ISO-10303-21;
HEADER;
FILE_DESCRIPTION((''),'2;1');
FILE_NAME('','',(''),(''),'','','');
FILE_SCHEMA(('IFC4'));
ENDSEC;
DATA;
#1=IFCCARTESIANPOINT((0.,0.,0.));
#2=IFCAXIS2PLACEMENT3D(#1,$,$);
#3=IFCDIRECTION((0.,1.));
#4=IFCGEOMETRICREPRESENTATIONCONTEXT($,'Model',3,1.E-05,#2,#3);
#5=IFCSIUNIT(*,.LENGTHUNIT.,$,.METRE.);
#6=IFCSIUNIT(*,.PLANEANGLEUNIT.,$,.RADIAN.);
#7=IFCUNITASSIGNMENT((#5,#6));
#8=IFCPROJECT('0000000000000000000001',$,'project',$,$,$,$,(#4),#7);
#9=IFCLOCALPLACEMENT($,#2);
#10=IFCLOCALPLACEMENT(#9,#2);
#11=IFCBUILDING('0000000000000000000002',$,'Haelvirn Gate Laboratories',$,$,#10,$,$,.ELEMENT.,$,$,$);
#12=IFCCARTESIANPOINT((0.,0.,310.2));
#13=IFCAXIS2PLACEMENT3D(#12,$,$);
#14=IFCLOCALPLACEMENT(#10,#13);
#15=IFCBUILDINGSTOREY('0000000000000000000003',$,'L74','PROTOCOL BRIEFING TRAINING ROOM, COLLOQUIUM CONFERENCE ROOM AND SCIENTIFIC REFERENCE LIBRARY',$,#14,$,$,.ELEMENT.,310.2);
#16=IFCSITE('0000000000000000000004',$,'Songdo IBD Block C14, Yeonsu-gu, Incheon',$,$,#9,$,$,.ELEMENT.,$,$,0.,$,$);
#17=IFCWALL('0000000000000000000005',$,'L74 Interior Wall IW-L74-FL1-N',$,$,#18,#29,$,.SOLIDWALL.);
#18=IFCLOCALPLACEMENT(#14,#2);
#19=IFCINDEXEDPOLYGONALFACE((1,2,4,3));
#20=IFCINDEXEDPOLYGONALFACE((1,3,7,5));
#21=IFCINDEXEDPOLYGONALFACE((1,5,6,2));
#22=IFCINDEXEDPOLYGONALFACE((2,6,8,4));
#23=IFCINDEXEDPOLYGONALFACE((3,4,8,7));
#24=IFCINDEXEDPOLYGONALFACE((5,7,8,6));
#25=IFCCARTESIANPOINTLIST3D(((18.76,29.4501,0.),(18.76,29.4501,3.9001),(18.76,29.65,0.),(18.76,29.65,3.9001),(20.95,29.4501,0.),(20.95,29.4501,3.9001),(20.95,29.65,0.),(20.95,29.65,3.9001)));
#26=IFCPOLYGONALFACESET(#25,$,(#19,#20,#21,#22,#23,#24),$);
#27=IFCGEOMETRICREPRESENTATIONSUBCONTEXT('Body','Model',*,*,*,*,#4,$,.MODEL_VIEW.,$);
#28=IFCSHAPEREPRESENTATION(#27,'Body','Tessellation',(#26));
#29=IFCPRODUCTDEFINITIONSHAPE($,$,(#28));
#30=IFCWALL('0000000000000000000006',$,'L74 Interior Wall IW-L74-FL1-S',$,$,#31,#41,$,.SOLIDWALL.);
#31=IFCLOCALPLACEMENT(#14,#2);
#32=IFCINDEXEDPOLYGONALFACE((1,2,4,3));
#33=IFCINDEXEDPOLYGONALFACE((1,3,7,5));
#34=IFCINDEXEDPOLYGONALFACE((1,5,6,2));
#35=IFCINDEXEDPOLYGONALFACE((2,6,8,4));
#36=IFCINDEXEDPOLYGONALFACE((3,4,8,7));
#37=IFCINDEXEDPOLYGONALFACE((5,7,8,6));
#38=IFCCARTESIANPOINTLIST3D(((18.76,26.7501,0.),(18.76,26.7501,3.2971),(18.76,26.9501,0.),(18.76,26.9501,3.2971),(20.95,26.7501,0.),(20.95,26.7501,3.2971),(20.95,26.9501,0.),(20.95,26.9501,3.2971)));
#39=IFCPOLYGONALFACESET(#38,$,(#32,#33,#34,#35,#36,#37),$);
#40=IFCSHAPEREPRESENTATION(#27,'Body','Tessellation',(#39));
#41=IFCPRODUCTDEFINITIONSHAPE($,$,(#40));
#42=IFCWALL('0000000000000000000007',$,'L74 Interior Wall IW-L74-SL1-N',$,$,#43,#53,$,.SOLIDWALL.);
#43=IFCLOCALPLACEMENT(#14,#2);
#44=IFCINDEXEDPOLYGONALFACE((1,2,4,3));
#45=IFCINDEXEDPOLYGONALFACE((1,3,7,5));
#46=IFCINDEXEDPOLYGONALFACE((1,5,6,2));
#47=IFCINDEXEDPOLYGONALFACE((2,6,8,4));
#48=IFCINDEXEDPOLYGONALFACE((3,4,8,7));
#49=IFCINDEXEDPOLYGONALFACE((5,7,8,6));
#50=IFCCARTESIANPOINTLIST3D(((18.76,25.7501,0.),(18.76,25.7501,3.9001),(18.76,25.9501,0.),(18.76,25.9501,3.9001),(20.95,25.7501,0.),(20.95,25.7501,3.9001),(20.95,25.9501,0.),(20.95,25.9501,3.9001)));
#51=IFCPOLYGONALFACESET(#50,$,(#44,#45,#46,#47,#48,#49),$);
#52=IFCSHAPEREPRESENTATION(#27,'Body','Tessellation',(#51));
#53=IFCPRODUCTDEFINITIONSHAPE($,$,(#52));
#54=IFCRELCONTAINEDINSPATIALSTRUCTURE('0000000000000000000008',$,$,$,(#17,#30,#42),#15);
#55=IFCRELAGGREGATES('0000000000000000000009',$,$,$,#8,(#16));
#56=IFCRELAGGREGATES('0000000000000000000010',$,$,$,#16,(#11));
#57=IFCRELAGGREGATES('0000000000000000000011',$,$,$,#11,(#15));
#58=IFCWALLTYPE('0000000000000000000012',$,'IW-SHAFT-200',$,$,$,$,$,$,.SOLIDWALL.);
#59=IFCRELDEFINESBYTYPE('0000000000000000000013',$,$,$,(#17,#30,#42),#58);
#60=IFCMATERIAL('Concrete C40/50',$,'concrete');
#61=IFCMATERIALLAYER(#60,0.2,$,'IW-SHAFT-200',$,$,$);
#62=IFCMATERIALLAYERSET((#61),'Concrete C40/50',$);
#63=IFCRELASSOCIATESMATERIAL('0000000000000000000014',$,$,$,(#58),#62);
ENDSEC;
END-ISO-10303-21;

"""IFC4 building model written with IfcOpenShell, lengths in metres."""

from ifc_helpers import new_model, si_unit, direction, frame, frame_2d, origin, place, context, subcontext, project, spatial, rectangle, extrude, material, layer, layer_set, type_object, element, save


model = new_model("IFC4")

# Units and contexts
model_context = context("Model", 3, precision=1e-05, world=origin(), true_north=direction((0.0, 1.0)))
body_context = subcontext(model_context, "Body", "Model", "MODEL_VIEW")
ifc_project = project(units=[si_unit("LENGTHUNIT", "METRE"), si_unit("PLANEANGLEUNIT", "RADIAN")], contexts=[model_context])

# Site, building, storey
site_placement = place(None, origin())
site = spatial("IfcSite", under=ifc_project, at=site_placement, Name="Songdo IBD Block C14, Yeonsu-gu, Incheon", CompositionType="ELEMENT", RefElevation=0.0)
building_placement = place(site_placement, origin())
building = spatial("IfcBuilding", under=site, at=building_placement, Name="Haelvirn Gate Laboratories", CompositionType="ELEMENT")
storey_placement = place(building_placement, frame((0.0, 0.0, 310.2)))
storey = spatial("IfcBuildingStorey", under=building, at=storey_placement, Name="L74", Description="PROTOCOL BRIEFING TRAINING ROOM, COLLOQUIUM CONFERENCE ROOM AND SCIENTIFIC REFERENCE LIBRARY", CompositionType="ELEMENT", Elevation=310.2)

# Walls
ifc_material_1 = material(Name="Concrete C40/50", Category="concrete")
ifc_layer_1 = layer(ifc_material_1, 0.2, Name="IW-SHAFT-200")
ifc_layer_set_1 = layer_set([ifc_layer_1], Name="Concrete C40/50")
wall_type_1 = type_object("IfcWallType", Name="IW-SHAFT-200", PredefinedType="SOLIDWALL", material=ifc_layer_set_1)
wall_1_placement = place(storey_placement, frame((18.76, 29.55, 0.0), z_axis=(0.0, 0.0, 1.0), x_axis=(1.0, 0.0, 0.0)))
element("IfcWall", 1, at=wall_1_placement, inside=storey, type_object=wall_type_1, Name="L74 Interior Wall IW-L74-FL1-N", PredefinedType="SOLIDWALL", context=body_context, shape_type="SweptSolid", body=[
    extrude(rectangle(XDim=2.1899, YDim=0.2, at=frame_2d((1.095, 0.0))), origin(), (0.0, 0.0, 1.0), 3.9001),
])
wall_2_placement = place(storey_placement, frame((18.76, 26.8501, 0.0), z_axis=(0.0, 0.0, 1.0), x_axis=(1.0, 0.0, 0.0)))
element("IfcWall", 2, at=wall_2_placement, inside=storey, type_object=wall_type_1, Name="L74 Interior Wall IW-L74-FL1-S", PredefinedType="SOLIDWALL", context=body_context, shape_type="SweptSolid", body=[
    extrude(rectangle(XDim=2.1899, YDim=0.2, at=frame_2d((1.095, 0.0))), origin(), (0.0, 0.0, 1.0), 3.2971),
])
wall_3_placement = place(storey_placement, frame((18.76, 25.8501, 0.0), z_axis=(0.0, 0.0, 1.0), x_axis=(1.0, 0.0, 0.0)))
element("IfcWall", 3, at=wall_3_placement, inside=storey, type_object=wall_type_1, Name="L74 Interior Wall IW-L74-SL1-N", PredefinedType="SOLIDWALL", context=body_context, shape_type="SweptSolid", body=[
    extrude(rectangle(XDim=2.1899, YDim=0.2, at=frame_2d((1.095, 0.0))), origin(), (0.0, 0.0, 1.0), 3.9001),
])

save(model, "model.ifc")
